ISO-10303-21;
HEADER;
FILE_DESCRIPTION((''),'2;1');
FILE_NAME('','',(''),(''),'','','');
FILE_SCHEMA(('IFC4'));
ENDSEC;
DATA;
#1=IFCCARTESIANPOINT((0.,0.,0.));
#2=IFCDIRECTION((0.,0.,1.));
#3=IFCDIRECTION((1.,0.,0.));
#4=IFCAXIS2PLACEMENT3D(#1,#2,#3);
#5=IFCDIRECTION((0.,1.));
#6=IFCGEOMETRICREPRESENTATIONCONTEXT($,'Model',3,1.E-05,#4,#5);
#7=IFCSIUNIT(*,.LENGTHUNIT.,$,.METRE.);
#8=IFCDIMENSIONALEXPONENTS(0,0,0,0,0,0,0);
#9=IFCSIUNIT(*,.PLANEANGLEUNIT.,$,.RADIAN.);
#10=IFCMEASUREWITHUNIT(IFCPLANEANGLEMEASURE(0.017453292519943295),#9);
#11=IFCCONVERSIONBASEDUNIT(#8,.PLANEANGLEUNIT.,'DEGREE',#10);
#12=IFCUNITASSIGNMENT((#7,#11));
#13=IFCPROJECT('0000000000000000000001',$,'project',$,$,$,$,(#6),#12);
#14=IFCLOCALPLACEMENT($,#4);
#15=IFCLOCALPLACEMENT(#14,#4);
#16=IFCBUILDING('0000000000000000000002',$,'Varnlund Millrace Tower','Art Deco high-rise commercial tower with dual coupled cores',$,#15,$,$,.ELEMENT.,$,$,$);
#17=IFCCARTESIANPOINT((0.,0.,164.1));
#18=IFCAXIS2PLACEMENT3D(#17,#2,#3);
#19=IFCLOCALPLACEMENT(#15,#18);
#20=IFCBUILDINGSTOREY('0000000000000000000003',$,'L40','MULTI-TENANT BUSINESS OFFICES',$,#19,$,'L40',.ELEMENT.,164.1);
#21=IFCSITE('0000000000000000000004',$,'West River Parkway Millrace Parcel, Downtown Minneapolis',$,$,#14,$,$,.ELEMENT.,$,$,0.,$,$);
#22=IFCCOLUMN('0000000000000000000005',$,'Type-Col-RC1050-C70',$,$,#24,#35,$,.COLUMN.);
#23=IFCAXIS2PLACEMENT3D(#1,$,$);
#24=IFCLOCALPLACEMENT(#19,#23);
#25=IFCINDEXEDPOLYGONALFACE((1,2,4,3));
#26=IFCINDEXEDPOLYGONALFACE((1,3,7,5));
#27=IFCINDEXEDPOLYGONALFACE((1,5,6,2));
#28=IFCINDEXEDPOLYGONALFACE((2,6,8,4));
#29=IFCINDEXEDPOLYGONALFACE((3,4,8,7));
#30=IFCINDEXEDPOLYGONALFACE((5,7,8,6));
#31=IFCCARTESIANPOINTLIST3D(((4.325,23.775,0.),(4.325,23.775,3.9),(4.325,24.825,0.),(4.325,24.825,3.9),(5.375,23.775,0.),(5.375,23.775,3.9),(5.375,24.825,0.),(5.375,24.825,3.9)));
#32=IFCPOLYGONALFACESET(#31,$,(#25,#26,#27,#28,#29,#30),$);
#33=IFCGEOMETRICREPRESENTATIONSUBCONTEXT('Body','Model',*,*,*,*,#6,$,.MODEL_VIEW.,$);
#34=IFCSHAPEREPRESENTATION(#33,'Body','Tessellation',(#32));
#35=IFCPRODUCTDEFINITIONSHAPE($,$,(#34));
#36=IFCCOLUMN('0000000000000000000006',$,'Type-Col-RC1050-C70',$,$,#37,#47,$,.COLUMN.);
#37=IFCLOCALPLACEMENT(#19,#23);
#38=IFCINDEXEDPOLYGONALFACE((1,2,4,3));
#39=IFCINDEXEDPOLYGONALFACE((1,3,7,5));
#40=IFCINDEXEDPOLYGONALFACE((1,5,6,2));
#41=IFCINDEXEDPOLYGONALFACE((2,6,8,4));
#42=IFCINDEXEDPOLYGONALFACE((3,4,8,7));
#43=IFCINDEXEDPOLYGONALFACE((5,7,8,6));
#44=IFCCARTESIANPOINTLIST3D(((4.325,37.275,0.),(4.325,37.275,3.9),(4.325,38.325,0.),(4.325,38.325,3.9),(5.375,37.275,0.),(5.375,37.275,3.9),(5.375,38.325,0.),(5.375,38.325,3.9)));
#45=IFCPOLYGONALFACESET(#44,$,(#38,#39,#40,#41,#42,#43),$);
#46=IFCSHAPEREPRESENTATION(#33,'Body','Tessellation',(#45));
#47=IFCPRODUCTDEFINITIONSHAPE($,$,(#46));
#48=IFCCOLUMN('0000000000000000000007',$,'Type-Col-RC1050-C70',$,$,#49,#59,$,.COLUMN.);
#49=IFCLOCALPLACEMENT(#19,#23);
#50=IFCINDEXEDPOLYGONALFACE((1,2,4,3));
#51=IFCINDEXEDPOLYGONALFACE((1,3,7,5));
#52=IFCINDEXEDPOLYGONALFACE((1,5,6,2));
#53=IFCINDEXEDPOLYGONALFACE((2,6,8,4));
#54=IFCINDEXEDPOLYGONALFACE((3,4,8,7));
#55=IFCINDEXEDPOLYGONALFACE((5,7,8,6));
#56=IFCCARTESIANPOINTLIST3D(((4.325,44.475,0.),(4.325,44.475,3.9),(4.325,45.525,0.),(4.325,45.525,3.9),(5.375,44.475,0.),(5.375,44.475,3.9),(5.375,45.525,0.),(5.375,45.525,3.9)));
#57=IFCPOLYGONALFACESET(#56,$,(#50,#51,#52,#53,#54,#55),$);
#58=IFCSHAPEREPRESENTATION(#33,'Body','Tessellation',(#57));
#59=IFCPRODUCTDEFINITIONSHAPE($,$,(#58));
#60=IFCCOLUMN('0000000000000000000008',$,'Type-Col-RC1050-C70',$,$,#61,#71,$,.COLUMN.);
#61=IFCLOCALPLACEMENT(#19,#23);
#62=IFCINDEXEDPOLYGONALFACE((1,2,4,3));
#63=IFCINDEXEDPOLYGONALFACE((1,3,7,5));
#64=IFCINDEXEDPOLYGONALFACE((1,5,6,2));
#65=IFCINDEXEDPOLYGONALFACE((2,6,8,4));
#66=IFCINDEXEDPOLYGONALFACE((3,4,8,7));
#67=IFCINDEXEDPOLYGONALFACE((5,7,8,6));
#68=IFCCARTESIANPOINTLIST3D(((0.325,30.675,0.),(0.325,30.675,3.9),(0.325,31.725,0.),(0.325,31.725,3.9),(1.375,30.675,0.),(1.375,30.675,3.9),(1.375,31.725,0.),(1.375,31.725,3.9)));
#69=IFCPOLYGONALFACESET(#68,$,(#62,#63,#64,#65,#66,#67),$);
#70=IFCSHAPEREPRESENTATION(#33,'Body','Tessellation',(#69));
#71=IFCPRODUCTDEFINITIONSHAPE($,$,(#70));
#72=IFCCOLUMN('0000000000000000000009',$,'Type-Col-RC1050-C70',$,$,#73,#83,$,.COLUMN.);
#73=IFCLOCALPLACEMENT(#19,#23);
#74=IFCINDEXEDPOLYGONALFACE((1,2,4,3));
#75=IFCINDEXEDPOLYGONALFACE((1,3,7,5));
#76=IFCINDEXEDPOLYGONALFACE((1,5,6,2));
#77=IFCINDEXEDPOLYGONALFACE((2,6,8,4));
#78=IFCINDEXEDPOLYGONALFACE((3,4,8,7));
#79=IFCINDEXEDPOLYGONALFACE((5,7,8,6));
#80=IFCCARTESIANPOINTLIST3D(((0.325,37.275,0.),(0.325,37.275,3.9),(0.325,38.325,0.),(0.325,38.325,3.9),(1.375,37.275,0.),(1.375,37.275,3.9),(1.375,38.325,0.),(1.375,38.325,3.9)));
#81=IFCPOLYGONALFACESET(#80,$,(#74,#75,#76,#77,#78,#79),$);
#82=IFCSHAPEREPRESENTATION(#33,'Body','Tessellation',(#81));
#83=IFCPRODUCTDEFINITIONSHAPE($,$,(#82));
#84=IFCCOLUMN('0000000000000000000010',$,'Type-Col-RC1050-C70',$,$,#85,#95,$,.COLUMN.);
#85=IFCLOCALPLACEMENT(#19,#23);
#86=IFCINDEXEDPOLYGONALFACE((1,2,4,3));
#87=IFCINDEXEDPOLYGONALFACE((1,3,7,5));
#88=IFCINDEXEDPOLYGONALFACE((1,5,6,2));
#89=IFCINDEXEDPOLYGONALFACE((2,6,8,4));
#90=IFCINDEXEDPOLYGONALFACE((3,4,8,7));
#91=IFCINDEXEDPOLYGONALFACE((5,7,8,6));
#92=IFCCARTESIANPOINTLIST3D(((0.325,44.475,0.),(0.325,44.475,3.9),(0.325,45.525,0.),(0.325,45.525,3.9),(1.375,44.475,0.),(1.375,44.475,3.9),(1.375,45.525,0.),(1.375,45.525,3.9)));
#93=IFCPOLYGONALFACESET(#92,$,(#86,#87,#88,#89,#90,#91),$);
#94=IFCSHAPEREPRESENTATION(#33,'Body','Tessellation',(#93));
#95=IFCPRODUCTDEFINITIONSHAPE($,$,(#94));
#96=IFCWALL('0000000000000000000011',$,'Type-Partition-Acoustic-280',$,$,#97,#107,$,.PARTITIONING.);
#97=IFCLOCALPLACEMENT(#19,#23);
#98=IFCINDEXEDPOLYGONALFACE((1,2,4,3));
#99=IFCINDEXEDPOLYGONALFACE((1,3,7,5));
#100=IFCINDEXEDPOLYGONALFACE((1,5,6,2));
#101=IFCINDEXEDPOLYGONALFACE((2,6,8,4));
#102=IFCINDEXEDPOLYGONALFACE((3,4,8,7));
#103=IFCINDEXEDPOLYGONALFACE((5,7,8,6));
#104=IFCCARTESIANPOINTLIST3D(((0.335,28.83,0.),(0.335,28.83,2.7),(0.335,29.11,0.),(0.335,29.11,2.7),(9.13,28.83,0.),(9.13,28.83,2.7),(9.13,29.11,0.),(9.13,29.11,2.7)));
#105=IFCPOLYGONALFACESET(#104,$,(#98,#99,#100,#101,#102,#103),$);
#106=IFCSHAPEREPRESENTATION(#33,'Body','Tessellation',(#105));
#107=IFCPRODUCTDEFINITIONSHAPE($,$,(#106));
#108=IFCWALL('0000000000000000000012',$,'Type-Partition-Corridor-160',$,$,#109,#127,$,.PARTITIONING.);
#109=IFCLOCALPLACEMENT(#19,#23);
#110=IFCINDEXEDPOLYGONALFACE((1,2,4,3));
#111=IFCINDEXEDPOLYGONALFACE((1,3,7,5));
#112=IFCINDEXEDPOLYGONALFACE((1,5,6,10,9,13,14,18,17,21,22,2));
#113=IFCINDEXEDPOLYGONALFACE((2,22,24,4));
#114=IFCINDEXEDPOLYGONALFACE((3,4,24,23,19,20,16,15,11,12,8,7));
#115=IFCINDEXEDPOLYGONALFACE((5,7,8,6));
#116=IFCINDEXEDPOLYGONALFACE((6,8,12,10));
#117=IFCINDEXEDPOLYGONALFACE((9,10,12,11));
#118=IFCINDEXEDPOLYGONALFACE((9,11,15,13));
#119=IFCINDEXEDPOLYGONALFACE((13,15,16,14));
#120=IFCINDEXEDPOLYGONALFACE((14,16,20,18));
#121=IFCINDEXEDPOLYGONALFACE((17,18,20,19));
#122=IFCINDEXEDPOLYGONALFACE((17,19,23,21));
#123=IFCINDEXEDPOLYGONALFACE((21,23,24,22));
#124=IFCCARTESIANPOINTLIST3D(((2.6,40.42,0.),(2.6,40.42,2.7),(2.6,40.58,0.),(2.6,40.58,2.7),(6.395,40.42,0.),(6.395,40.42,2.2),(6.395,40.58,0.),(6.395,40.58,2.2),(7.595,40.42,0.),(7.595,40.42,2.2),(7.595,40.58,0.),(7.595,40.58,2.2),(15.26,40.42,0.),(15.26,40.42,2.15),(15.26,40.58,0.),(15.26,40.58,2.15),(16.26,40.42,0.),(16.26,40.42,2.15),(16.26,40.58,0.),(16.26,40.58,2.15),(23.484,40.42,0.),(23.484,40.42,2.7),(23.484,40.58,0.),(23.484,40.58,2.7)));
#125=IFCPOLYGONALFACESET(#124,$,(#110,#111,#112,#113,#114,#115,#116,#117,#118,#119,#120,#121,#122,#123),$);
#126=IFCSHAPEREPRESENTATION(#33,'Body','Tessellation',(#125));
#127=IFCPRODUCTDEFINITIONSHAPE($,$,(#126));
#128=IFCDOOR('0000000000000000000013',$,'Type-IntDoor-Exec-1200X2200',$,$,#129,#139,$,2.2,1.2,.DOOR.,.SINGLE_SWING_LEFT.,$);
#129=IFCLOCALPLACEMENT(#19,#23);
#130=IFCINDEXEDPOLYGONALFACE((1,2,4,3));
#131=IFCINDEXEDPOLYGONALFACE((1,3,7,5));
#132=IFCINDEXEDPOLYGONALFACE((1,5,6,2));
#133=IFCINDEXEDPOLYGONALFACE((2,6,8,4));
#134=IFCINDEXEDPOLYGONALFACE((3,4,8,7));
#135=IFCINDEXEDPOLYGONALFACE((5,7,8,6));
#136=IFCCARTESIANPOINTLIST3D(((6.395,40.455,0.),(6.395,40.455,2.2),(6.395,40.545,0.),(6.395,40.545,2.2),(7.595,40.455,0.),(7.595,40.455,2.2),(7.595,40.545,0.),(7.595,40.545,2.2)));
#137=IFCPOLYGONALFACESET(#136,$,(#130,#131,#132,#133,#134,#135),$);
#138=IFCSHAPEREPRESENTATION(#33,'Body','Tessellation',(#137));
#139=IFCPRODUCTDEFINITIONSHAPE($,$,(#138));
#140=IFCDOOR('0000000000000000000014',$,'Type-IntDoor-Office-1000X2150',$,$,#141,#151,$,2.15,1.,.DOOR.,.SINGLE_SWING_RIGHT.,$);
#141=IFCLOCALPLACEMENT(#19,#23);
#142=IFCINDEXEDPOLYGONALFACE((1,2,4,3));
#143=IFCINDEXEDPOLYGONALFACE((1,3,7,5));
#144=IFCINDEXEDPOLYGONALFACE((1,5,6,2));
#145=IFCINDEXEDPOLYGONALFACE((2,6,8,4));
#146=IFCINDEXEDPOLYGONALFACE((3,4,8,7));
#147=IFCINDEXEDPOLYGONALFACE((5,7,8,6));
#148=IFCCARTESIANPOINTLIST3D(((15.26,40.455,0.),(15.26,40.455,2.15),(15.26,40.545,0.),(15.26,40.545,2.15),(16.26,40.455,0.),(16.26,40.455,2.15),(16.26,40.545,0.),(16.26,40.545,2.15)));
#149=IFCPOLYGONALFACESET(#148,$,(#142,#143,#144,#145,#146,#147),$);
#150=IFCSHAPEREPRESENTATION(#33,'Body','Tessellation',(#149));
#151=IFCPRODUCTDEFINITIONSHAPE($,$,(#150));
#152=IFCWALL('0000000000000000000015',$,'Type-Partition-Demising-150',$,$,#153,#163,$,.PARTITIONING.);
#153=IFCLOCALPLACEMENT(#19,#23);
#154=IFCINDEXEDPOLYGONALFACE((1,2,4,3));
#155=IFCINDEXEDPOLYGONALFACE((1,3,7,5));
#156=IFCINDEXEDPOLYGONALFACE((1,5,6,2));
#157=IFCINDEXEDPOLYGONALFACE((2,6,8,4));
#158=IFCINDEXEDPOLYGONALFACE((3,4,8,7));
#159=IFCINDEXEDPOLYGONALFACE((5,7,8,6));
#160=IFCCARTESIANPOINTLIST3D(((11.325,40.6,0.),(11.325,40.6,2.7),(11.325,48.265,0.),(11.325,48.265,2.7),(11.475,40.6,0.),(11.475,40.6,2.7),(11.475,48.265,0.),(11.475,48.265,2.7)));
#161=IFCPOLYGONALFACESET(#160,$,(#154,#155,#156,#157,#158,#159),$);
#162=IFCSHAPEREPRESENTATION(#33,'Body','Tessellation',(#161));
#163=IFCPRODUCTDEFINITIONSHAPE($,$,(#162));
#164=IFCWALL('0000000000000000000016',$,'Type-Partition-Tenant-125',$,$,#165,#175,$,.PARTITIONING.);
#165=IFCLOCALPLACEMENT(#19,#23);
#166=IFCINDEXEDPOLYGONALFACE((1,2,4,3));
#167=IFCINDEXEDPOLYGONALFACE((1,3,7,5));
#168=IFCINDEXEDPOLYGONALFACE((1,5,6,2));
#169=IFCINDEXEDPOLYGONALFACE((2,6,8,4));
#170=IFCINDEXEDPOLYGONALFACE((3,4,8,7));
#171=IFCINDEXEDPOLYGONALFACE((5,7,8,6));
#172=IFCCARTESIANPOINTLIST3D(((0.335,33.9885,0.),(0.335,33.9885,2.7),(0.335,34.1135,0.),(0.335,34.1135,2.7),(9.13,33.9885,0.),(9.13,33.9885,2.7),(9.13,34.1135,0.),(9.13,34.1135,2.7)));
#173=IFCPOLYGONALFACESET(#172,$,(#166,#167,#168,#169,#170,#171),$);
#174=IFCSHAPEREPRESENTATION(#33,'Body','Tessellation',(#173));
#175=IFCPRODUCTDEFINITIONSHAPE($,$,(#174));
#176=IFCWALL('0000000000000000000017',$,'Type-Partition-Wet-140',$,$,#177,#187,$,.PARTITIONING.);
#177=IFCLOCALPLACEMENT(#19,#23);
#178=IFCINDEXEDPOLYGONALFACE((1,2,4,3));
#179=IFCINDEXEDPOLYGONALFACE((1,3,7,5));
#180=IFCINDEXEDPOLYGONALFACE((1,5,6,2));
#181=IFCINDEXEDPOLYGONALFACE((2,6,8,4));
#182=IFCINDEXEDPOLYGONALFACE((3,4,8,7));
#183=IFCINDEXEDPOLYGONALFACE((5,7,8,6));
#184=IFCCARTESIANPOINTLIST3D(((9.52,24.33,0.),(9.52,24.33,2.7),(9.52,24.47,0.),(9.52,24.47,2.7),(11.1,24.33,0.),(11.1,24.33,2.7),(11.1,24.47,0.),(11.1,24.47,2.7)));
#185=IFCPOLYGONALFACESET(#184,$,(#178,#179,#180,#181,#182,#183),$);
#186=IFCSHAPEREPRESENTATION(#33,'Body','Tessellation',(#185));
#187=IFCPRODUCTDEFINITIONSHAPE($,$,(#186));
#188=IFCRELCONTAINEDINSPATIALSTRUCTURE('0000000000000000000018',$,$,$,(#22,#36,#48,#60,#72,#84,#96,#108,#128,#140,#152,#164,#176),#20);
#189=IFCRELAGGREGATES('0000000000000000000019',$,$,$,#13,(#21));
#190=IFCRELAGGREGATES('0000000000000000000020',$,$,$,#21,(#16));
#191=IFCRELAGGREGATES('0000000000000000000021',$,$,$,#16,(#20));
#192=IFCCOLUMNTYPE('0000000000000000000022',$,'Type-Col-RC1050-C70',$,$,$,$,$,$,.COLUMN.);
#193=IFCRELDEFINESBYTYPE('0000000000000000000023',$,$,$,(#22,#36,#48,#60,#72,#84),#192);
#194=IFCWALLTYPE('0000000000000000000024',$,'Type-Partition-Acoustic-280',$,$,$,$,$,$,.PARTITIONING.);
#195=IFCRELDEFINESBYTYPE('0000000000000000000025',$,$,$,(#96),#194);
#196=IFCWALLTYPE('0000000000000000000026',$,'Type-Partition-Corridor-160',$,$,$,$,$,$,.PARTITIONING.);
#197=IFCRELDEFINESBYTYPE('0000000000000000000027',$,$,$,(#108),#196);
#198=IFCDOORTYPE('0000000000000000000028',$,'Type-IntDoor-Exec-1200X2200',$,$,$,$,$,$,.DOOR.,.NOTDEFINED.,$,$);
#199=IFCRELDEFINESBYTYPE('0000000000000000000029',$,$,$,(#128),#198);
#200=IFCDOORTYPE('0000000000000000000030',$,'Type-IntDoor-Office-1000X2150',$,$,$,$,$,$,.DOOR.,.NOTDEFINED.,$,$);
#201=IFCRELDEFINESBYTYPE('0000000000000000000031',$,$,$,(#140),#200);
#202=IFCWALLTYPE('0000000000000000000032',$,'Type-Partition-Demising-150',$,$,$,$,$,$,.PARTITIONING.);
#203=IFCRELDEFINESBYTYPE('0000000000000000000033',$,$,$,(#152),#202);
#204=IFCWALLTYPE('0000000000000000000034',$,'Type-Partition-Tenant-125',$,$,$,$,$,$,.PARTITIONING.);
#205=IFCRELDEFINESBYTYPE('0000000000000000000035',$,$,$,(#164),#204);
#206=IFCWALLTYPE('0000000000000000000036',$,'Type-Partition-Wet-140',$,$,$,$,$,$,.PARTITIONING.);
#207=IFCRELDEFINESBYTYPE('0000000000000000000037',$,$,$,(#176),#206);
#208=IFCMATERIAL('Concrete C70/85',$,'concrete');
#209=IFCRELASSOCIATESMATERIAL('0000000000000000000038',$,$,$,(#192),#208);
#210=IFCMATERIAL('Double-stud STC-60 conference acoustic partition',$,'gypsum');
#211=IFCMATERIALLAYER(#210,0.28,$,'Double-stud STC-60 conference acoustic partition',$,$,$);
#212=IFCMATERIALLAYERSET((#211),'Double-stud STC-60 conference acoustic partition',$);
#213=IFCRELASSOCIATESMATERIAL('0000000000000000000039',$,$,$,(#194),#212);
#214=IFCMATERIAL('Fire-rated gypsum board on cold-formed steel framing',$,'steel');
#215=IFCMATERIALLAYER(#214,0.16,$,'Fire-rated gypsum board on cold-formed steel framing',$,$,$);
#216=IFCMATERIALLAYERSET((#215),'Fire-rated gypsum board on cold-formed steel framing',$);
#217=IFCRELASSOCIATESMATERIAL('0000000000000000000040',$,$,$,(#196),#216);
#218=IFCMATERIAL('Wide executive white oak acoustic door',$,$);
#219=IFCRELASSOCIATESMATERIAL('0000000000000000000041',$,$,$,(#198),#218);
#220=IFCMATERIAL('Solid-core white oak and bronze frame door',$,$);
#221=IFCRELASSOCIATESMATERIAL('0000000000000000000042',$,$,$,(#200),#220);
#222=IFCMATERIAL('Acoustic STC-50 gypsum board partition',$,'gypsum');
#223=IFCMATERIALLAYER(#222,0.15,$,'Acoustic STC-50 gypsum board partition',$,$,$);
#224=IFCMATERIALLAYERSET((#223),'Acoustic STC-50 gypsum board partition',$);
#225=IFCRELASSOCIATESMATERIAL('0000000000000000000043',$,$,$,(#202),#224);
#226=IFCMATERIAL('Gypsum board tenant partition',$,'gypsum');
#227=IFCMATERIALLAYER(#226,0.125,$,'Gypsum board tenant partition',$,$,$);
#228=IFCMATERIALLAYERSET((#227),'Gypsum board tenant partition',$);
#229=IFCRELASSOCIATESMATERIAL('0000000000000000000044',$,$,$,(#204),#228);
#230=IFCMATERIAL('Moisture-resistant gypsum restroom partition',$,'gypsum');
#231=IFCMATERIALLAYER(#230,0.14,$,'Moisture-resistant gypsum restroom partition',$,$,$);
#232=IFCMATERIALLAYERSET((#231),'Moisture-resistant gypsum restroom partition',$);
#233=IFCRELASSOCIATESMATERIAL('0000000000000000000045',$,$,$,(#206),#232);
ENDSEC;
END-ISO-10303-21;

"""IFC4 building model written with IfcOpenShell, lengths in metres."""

from ifc_helpers import new_model, entity, si_unit, converted_unit, direction, frame, origin_with_axes, origin_2d_with_axis, place, context, subcontext, project, spatial, polyline, rectangle, outline, extrude, material, layer, layer_set, material_profile, profile_set, type_object, element, fill, save


model = new_model("IFC4")

# Units and contexts
model_context = context("Model", 3, precision=1e-05, world=origin_with_axes(), true_north=direction((0.0, 1.0)))
body_context = subcontext(model_context, "Body", "Model", "MODEL_VIEW")
ifc_project = project(units=[si_unit("LENGTHUNIT", "METRE"), converted_unit("PLANEANGLEUNIT", "DEGREE", entity("IfcPlaneAngleMeasure", 0.017453292519943295), si_unit("PLANEANGLEUNIT", "RADIAN"), dimensions=[0, 0, 0, 0, 0, 0, 0])], contexts=[model_context])

# Site, building, storey
site_placement = place(None, origin_with_axes())
site = spatial("IfcSite", under=ifc_project, at=site_placement, Name="West River Parkway Millrace Parcel, Downtown Minneapolis", CompositionType="ELEMENT", RefElevation=0.0)
building_placement = place(site_placement, origin_with_axes())
building = spatial("IfcBuilding", under=site, at=building_placement, Name="Varnlund Millrace Tower", Description="Art Deco high-rise commercial tower with dual coupled cores", CompositionType="ELEMENT")
storey_placement = place(building_placement, frame((0.0, 0.0, 164.1), z_axis=(0.0, 0.0, 1.0), x_axis=(1.0, 0.0, 0.0)))
storey = spatial("IfcBuildingStorey", under=building, at=storey_placement, Name="L40", Description="MULTI-TENANT BUSINESS OFFICES", LongName="L40", CompositionType="ELEMENT", Elevation=164.1)

# Columns
ifc_material_1 = material(Name="Concrete C70/85", Category="concrete")
ifc_material_profile = material_profile(ifc_material_1, rectangle(XDim=1.05, YDim=1.05, at=origin_2d_with_axis()), Name="Concrete C70/85")
ifc_profile_set = profile_set([ifc_material_profile], Name="Concrete C70/85")
column_type = type_object("IfcColumnType", Name="Type-Col-RC1050-C70", PredefinedType="COLUMN", material=ifc_profile_set)
for number, where, z_axis, x_axis, name in (
    (1, (4.85, 24.3, 0.0), (0.0, 0.0, 1.0), (1.0, 0.0, 0.0), "Type-Col-RC1050-C70"),
    (2, (4.85, 37.8, 0.0), (0.0, 0.0, 1.0), (1.0, 0.0, 0.0), "Type-Col-RC1050-C70"),
    (3, (4.85, 45.0, 0.0), (0.0, 0.0, 1.0), (1.0, 0.0, 0.0), "Type-Col-RC1050-C70"),
    (4, (0.85, 31.2, 0.0), (0.0, 0.0, 1.0), (1.0, 0.0, 0.0), "Type-Col-RC1050-C70"),
    (5, (0.85, 37.8, 0.0), (0.0, 0.0, 1.0), (1.0, 0.0, 0.0), "Type-Col-RC1050-C70"),
    (6, (0.85, 45.0, 0.0), (0.0, 0.0, 1.0), (1.0, 0.0, 0.0), "Type-Col-RC1050-C70"),
):
    element("IfcColumn", number, at=place(storey_placement, frame(where, z_axis=z_axis, x_axis=x_axis)), inside=storey, type_object=column_type, Name=name, PredefinedType="COLUMN", context=body_context, shape_type="SweptSolid", body=[
        extrude(rectangle(XDim=1.05, YDim=1.05, at=origin_2d_with_axis()), origin_with_axes(), (0.0, 0.0, 1.0), 3.9),
    ])

# Wall
ifc_material_2 = material(Name="Double-stud STC-60 conference acoustic partition", Category="gypsum")
ifc_layer_1 = layer(ifc_material_2, 0.28, Name="Double-stud STC-60 conference acoustic partition")
ifc_layer_set_1 = layer_set([ifc_layer_1], Name="Double-stud STC-60 conference acoustic partition")
wall_type_1 = type_object("IfcWallType", Name="Type-Partition-Acoustic-280", PredefinedType="PARTITIONING", material=ifc_layer_set_1)
wall_1_placement = place(storey_placement, frame((0.335, 28.97, 0.0), z_axis=(0.0, 0.0, 1.0), x_axis=(1.0, 0.0, 0.0)))
element("IfcWall", 7, at=wall_1_placement, inside=storey, type_object=wall_type_1, Name="Type-Partition-Acoustic-280", PredefinedType="PARTITIONING", context=body_context, shape_type="SweptSolid", body=[
    extrude(outline(polyline([(0.0, -0.14), (8.795, -0.14), (8.795, 0.14), (0.0, 0.14), (0.0, -0.14)])), origin_with_axes(), (0.0, 0.0, 1.0), 2.7),
])

# Wall, openings, doors
ifc_material_3 = material(Name="Fire-rated gypsum board on cold-formed steel framing", Category="steel")
ifc_layer_2 = layer(ifc_material_3, 0.16, Name="Fire-rated gypsum board on cold-formed steel framing")
ifc_layer_set_2 = layer_set([ifc_layer_2], Name="Fire-rated gypsum board on cold-formed steel framing")
wall_type_2 = type_object("IfcWallType", Name="Type-Partition-Corridor-160", PredefinedType="PARTITIONING", material=ifc_layer_set_2)
wall_2_placement = place(storey_placement, frame((2.6, 40.5, 0.0), z_axis=(0.0, 0.0, 1.0), x_axis=(1.0, 0.0, 0.0)))
wall_2 = element("IfcWall", 8, at=wall_2_placement, inside=storey, type_object=wall_type_2, Name="Type-Partition-Corridor-160", PredefinedType="PARTITIONING", context=body_context, shape_type="SweptSolid", body=[
    extrude(outline(polyline([(0.0, -0.08), (20.884, -0.08), (20.884, 0.08), (0.0, 0.08), (0.0, -0.08)])), origin_with_axes(), (0.0, 0.0, 1.0), 2.7),
])
opening_1_placement = place(wall_2_placement, frame((4.395, 0.0, 0.0), z_axis=(0.0, 0.0, 1.0), x_axis=(1.0, 0.0, 0.0)))
opening_1 = element("IfcOpeningElement", 9, at=opening_1_placement, cuts=wall_2, PredefinedType="OPENING", context=body_context, shape_type="SweptSolid", body=[
    extrude(rectangle(XDim=1.2, YDim=0.18, at=origin_2d_with_axis()), origin_with_axes(), (0.0, 0.0, 1.0), 2.2),
])
opening_2_placement = place(wall_2_placement, frame((13.16, 0.0, 0.0), z_axis=(0.0, 0.0, 1.0), x_axis=(1.0, 0.0, 0.0)))
opening_2 = element("IfcOpeningElement", 10, at=opening_2_placement, cuts=wall_2, PredefinedType="OPENING", context=body_context, shape_type="SweptSolid", body=[
    extrude(rectangle(XDim=1.0, YDim=0.18, at=origin_2d_with_axis()), origin_with_axes(), (0.0, 0.0, 1.0), 2.15),
])
ifc_material_4 = material(Name="Wide executive white oak acoustic door")
door_type_1 = type_object("IfcDoorType", Name="Type-IntDoor-Exec-1200X2200", OperationType="NOTDEFINED", PredefinedType="DOOR", material=ifc_material_4)
door_1_placement = place(wall_2_placement, frame((4.395, 0.0, 0.0), z_axis=(0.0, 0.0, 1.0), x_axis=(1.0, 0.0, 0.0)))
door_1 = element("IfcDoor", 11, at=door_1_placement, inside=storey, type_object=door_type_1, Name="Type-IntDoor-Exec-1200X2200", OperationType="SINGLE_SWING_LEFT", OverallHeight=2.2, OverallWidth=1.2, PredefinedType="DOOR", context=body_context, shape_type="SweptSolid", body=[
    extrude(rectangle(XDim=1.2, YDim=0.09, at=origin_2d_with_axis()), origin_with_axes(), (0.0, 0.0, 1.0), 2.2),
])
fill(opening_1, door_1)
ifc_material_5 = material(Name="Solid-core white oak and bronze frame door")
door_type_2 = type_object("IfcDoorType", Name="Type-IntDoor-Office-1000X2150", OperationType="NOTDEFINED", PredefinedType="DOOR", material=ifc_material_5)
door_2_placement = place(wall_2_placement, frame((13.16, 0.0, 0.0), z_axis=(0.0, 0.0, 1.0), x_axis=(1.0, 0.0, 0.0)))
door_2 = element("IfcDoor", 12, at=door_2_placement, inside=storey, type_object=door_type_2, Name="Type-IntDoor-Office-1000X2150", OperationType="SINGLE_SWING_RIGHT", OverallHeight=2.15, OverallWidth=1.0, PredefinedType="DOOR", context=body_context, shape_type="SweptSolid", body=[
    extrude(rectangle(XDim=1.0, YDim=0.09, at=origin_2d_with_axis()), origin_with_axes(), (0.0, 0.0, 1.0), 2.15),
])
fill(opening_2, door_2)

# Walls
ifc_material_6 = material(Name="Acoustic STC-50 gypsum board partition", Category="gypsum")
ifc_layer_3 = layer(ifc_material_6, 0.15, Name="Acoustic STC-50 gypsum board partition")
ifc_layer_set_3 = layer_set([ifc_layer_3], Name="Acoustic STC-50 gypsum board partition")
wall_type_3 = type_object("IfcWallType", Name="Type-Partition-Demising-150", PredefinedType="PARTITIONING", material=ifc_layer_set_3)
wall_3_placement = place(storey_placement, frame((11.4, 40.6, 0.0), z_axis=(0.0, 0.0, 1.0), x_axis=(0.0, 1.0, 0.0)))
element("IfcWall", 13, at=wall_3_placement, inside=storey, type_object=wall_type_3, Name="Type-Partition-Demising-150", PredefinedType="PARTITIONING", context=body_context, shape_type="SweptSolid", body=[
    extrude(outline(polyline([(0.0, -0.075), (7.665, -0.075), (7.665, 0.075), (0.0, 0.075), (0.0, -0.075)])), origin_with_axes(), (0.0, 0.0, 1.0), 2.7),
])
ifc_material_7 = material(Name="Gypsum board tenant partition", Category="gypsum")
ifc_layer_4 = layer(ifc_material_7, 0.125, Name="Gypsum board tenant partition")
ifc_layer_set_4 = layer_set([ifc_layer_4], Name="Gypsum board tenant partition")
wall_type_4 = type_object("IfcWallType", Name="Type-Partition-Tenant-125", PredefinedType="PARTITIONING", material=ifc_layer_set_4)
wall_4_placement = place(storey_placement, frame((0.335, 34.051, 0.0), z_axis=(0.0, 0.0, 1.0), x_axis=(1.0, 0.0, 0.0)))
element("IfcWall", 14, at=wall_4_placement, inside=storey, type_object=wall_type_4, Name="Type-Partition-Tenant-125", PredefinedType="PARTITIONING", context=body_context, shape_type="SweptSolid", body=[
    extrude(outline(polyline([(0.0, -0.0625), (8.795, -0.0625), (8.795, 0.0625), (0.0, 0.0625), (0.0, -0.0625)])), origin_with_axes(), (0.0, 0.0, 1.0), 2.7),
])
ifc_material_8 = material(Name="Moisture-resistant gypsum restroom partition", Category="gypsum")
ifc_layer_5 = layer(ifc_material_8, 0.14, Name="Moisture-resistant gypsum restroom partition")
ifc_layer_set_5 = layer_set([ifc_layer_5], Name="Moisture-resistant gypsum restroom partition")
wall_type_5 = type_object("IfcWallType", Name="Type-Partition-Wet-140", PredefinedType="PARTITIONING", material=ifc_layer_set_5)
wall_5_placement = place(storey_placement, frame((9.52, 24.4, 0.0), z_axis=(0.0, 0.0, 1.0), x_axis=(1.0, 0.0, 0.0)))
element("IfcWall", 15, at=wall_5_placement, inside=storey, type_object=wall_type_5, Name="Type-Partition-Wet-140", PredefinedType="PARTITIONING", context=body_context, shape_type="SweptSolid", body=[
    extrude(outline(polyline([(0.0, -0.07), (1.58, -0.07), (1.58, 0.07), (0.0, 0.07), (0.0, -0.07)])), origin_with_axes(), (0.0, 0.0, 1.0), 2.7),
])

save(model, "model.ifc")
